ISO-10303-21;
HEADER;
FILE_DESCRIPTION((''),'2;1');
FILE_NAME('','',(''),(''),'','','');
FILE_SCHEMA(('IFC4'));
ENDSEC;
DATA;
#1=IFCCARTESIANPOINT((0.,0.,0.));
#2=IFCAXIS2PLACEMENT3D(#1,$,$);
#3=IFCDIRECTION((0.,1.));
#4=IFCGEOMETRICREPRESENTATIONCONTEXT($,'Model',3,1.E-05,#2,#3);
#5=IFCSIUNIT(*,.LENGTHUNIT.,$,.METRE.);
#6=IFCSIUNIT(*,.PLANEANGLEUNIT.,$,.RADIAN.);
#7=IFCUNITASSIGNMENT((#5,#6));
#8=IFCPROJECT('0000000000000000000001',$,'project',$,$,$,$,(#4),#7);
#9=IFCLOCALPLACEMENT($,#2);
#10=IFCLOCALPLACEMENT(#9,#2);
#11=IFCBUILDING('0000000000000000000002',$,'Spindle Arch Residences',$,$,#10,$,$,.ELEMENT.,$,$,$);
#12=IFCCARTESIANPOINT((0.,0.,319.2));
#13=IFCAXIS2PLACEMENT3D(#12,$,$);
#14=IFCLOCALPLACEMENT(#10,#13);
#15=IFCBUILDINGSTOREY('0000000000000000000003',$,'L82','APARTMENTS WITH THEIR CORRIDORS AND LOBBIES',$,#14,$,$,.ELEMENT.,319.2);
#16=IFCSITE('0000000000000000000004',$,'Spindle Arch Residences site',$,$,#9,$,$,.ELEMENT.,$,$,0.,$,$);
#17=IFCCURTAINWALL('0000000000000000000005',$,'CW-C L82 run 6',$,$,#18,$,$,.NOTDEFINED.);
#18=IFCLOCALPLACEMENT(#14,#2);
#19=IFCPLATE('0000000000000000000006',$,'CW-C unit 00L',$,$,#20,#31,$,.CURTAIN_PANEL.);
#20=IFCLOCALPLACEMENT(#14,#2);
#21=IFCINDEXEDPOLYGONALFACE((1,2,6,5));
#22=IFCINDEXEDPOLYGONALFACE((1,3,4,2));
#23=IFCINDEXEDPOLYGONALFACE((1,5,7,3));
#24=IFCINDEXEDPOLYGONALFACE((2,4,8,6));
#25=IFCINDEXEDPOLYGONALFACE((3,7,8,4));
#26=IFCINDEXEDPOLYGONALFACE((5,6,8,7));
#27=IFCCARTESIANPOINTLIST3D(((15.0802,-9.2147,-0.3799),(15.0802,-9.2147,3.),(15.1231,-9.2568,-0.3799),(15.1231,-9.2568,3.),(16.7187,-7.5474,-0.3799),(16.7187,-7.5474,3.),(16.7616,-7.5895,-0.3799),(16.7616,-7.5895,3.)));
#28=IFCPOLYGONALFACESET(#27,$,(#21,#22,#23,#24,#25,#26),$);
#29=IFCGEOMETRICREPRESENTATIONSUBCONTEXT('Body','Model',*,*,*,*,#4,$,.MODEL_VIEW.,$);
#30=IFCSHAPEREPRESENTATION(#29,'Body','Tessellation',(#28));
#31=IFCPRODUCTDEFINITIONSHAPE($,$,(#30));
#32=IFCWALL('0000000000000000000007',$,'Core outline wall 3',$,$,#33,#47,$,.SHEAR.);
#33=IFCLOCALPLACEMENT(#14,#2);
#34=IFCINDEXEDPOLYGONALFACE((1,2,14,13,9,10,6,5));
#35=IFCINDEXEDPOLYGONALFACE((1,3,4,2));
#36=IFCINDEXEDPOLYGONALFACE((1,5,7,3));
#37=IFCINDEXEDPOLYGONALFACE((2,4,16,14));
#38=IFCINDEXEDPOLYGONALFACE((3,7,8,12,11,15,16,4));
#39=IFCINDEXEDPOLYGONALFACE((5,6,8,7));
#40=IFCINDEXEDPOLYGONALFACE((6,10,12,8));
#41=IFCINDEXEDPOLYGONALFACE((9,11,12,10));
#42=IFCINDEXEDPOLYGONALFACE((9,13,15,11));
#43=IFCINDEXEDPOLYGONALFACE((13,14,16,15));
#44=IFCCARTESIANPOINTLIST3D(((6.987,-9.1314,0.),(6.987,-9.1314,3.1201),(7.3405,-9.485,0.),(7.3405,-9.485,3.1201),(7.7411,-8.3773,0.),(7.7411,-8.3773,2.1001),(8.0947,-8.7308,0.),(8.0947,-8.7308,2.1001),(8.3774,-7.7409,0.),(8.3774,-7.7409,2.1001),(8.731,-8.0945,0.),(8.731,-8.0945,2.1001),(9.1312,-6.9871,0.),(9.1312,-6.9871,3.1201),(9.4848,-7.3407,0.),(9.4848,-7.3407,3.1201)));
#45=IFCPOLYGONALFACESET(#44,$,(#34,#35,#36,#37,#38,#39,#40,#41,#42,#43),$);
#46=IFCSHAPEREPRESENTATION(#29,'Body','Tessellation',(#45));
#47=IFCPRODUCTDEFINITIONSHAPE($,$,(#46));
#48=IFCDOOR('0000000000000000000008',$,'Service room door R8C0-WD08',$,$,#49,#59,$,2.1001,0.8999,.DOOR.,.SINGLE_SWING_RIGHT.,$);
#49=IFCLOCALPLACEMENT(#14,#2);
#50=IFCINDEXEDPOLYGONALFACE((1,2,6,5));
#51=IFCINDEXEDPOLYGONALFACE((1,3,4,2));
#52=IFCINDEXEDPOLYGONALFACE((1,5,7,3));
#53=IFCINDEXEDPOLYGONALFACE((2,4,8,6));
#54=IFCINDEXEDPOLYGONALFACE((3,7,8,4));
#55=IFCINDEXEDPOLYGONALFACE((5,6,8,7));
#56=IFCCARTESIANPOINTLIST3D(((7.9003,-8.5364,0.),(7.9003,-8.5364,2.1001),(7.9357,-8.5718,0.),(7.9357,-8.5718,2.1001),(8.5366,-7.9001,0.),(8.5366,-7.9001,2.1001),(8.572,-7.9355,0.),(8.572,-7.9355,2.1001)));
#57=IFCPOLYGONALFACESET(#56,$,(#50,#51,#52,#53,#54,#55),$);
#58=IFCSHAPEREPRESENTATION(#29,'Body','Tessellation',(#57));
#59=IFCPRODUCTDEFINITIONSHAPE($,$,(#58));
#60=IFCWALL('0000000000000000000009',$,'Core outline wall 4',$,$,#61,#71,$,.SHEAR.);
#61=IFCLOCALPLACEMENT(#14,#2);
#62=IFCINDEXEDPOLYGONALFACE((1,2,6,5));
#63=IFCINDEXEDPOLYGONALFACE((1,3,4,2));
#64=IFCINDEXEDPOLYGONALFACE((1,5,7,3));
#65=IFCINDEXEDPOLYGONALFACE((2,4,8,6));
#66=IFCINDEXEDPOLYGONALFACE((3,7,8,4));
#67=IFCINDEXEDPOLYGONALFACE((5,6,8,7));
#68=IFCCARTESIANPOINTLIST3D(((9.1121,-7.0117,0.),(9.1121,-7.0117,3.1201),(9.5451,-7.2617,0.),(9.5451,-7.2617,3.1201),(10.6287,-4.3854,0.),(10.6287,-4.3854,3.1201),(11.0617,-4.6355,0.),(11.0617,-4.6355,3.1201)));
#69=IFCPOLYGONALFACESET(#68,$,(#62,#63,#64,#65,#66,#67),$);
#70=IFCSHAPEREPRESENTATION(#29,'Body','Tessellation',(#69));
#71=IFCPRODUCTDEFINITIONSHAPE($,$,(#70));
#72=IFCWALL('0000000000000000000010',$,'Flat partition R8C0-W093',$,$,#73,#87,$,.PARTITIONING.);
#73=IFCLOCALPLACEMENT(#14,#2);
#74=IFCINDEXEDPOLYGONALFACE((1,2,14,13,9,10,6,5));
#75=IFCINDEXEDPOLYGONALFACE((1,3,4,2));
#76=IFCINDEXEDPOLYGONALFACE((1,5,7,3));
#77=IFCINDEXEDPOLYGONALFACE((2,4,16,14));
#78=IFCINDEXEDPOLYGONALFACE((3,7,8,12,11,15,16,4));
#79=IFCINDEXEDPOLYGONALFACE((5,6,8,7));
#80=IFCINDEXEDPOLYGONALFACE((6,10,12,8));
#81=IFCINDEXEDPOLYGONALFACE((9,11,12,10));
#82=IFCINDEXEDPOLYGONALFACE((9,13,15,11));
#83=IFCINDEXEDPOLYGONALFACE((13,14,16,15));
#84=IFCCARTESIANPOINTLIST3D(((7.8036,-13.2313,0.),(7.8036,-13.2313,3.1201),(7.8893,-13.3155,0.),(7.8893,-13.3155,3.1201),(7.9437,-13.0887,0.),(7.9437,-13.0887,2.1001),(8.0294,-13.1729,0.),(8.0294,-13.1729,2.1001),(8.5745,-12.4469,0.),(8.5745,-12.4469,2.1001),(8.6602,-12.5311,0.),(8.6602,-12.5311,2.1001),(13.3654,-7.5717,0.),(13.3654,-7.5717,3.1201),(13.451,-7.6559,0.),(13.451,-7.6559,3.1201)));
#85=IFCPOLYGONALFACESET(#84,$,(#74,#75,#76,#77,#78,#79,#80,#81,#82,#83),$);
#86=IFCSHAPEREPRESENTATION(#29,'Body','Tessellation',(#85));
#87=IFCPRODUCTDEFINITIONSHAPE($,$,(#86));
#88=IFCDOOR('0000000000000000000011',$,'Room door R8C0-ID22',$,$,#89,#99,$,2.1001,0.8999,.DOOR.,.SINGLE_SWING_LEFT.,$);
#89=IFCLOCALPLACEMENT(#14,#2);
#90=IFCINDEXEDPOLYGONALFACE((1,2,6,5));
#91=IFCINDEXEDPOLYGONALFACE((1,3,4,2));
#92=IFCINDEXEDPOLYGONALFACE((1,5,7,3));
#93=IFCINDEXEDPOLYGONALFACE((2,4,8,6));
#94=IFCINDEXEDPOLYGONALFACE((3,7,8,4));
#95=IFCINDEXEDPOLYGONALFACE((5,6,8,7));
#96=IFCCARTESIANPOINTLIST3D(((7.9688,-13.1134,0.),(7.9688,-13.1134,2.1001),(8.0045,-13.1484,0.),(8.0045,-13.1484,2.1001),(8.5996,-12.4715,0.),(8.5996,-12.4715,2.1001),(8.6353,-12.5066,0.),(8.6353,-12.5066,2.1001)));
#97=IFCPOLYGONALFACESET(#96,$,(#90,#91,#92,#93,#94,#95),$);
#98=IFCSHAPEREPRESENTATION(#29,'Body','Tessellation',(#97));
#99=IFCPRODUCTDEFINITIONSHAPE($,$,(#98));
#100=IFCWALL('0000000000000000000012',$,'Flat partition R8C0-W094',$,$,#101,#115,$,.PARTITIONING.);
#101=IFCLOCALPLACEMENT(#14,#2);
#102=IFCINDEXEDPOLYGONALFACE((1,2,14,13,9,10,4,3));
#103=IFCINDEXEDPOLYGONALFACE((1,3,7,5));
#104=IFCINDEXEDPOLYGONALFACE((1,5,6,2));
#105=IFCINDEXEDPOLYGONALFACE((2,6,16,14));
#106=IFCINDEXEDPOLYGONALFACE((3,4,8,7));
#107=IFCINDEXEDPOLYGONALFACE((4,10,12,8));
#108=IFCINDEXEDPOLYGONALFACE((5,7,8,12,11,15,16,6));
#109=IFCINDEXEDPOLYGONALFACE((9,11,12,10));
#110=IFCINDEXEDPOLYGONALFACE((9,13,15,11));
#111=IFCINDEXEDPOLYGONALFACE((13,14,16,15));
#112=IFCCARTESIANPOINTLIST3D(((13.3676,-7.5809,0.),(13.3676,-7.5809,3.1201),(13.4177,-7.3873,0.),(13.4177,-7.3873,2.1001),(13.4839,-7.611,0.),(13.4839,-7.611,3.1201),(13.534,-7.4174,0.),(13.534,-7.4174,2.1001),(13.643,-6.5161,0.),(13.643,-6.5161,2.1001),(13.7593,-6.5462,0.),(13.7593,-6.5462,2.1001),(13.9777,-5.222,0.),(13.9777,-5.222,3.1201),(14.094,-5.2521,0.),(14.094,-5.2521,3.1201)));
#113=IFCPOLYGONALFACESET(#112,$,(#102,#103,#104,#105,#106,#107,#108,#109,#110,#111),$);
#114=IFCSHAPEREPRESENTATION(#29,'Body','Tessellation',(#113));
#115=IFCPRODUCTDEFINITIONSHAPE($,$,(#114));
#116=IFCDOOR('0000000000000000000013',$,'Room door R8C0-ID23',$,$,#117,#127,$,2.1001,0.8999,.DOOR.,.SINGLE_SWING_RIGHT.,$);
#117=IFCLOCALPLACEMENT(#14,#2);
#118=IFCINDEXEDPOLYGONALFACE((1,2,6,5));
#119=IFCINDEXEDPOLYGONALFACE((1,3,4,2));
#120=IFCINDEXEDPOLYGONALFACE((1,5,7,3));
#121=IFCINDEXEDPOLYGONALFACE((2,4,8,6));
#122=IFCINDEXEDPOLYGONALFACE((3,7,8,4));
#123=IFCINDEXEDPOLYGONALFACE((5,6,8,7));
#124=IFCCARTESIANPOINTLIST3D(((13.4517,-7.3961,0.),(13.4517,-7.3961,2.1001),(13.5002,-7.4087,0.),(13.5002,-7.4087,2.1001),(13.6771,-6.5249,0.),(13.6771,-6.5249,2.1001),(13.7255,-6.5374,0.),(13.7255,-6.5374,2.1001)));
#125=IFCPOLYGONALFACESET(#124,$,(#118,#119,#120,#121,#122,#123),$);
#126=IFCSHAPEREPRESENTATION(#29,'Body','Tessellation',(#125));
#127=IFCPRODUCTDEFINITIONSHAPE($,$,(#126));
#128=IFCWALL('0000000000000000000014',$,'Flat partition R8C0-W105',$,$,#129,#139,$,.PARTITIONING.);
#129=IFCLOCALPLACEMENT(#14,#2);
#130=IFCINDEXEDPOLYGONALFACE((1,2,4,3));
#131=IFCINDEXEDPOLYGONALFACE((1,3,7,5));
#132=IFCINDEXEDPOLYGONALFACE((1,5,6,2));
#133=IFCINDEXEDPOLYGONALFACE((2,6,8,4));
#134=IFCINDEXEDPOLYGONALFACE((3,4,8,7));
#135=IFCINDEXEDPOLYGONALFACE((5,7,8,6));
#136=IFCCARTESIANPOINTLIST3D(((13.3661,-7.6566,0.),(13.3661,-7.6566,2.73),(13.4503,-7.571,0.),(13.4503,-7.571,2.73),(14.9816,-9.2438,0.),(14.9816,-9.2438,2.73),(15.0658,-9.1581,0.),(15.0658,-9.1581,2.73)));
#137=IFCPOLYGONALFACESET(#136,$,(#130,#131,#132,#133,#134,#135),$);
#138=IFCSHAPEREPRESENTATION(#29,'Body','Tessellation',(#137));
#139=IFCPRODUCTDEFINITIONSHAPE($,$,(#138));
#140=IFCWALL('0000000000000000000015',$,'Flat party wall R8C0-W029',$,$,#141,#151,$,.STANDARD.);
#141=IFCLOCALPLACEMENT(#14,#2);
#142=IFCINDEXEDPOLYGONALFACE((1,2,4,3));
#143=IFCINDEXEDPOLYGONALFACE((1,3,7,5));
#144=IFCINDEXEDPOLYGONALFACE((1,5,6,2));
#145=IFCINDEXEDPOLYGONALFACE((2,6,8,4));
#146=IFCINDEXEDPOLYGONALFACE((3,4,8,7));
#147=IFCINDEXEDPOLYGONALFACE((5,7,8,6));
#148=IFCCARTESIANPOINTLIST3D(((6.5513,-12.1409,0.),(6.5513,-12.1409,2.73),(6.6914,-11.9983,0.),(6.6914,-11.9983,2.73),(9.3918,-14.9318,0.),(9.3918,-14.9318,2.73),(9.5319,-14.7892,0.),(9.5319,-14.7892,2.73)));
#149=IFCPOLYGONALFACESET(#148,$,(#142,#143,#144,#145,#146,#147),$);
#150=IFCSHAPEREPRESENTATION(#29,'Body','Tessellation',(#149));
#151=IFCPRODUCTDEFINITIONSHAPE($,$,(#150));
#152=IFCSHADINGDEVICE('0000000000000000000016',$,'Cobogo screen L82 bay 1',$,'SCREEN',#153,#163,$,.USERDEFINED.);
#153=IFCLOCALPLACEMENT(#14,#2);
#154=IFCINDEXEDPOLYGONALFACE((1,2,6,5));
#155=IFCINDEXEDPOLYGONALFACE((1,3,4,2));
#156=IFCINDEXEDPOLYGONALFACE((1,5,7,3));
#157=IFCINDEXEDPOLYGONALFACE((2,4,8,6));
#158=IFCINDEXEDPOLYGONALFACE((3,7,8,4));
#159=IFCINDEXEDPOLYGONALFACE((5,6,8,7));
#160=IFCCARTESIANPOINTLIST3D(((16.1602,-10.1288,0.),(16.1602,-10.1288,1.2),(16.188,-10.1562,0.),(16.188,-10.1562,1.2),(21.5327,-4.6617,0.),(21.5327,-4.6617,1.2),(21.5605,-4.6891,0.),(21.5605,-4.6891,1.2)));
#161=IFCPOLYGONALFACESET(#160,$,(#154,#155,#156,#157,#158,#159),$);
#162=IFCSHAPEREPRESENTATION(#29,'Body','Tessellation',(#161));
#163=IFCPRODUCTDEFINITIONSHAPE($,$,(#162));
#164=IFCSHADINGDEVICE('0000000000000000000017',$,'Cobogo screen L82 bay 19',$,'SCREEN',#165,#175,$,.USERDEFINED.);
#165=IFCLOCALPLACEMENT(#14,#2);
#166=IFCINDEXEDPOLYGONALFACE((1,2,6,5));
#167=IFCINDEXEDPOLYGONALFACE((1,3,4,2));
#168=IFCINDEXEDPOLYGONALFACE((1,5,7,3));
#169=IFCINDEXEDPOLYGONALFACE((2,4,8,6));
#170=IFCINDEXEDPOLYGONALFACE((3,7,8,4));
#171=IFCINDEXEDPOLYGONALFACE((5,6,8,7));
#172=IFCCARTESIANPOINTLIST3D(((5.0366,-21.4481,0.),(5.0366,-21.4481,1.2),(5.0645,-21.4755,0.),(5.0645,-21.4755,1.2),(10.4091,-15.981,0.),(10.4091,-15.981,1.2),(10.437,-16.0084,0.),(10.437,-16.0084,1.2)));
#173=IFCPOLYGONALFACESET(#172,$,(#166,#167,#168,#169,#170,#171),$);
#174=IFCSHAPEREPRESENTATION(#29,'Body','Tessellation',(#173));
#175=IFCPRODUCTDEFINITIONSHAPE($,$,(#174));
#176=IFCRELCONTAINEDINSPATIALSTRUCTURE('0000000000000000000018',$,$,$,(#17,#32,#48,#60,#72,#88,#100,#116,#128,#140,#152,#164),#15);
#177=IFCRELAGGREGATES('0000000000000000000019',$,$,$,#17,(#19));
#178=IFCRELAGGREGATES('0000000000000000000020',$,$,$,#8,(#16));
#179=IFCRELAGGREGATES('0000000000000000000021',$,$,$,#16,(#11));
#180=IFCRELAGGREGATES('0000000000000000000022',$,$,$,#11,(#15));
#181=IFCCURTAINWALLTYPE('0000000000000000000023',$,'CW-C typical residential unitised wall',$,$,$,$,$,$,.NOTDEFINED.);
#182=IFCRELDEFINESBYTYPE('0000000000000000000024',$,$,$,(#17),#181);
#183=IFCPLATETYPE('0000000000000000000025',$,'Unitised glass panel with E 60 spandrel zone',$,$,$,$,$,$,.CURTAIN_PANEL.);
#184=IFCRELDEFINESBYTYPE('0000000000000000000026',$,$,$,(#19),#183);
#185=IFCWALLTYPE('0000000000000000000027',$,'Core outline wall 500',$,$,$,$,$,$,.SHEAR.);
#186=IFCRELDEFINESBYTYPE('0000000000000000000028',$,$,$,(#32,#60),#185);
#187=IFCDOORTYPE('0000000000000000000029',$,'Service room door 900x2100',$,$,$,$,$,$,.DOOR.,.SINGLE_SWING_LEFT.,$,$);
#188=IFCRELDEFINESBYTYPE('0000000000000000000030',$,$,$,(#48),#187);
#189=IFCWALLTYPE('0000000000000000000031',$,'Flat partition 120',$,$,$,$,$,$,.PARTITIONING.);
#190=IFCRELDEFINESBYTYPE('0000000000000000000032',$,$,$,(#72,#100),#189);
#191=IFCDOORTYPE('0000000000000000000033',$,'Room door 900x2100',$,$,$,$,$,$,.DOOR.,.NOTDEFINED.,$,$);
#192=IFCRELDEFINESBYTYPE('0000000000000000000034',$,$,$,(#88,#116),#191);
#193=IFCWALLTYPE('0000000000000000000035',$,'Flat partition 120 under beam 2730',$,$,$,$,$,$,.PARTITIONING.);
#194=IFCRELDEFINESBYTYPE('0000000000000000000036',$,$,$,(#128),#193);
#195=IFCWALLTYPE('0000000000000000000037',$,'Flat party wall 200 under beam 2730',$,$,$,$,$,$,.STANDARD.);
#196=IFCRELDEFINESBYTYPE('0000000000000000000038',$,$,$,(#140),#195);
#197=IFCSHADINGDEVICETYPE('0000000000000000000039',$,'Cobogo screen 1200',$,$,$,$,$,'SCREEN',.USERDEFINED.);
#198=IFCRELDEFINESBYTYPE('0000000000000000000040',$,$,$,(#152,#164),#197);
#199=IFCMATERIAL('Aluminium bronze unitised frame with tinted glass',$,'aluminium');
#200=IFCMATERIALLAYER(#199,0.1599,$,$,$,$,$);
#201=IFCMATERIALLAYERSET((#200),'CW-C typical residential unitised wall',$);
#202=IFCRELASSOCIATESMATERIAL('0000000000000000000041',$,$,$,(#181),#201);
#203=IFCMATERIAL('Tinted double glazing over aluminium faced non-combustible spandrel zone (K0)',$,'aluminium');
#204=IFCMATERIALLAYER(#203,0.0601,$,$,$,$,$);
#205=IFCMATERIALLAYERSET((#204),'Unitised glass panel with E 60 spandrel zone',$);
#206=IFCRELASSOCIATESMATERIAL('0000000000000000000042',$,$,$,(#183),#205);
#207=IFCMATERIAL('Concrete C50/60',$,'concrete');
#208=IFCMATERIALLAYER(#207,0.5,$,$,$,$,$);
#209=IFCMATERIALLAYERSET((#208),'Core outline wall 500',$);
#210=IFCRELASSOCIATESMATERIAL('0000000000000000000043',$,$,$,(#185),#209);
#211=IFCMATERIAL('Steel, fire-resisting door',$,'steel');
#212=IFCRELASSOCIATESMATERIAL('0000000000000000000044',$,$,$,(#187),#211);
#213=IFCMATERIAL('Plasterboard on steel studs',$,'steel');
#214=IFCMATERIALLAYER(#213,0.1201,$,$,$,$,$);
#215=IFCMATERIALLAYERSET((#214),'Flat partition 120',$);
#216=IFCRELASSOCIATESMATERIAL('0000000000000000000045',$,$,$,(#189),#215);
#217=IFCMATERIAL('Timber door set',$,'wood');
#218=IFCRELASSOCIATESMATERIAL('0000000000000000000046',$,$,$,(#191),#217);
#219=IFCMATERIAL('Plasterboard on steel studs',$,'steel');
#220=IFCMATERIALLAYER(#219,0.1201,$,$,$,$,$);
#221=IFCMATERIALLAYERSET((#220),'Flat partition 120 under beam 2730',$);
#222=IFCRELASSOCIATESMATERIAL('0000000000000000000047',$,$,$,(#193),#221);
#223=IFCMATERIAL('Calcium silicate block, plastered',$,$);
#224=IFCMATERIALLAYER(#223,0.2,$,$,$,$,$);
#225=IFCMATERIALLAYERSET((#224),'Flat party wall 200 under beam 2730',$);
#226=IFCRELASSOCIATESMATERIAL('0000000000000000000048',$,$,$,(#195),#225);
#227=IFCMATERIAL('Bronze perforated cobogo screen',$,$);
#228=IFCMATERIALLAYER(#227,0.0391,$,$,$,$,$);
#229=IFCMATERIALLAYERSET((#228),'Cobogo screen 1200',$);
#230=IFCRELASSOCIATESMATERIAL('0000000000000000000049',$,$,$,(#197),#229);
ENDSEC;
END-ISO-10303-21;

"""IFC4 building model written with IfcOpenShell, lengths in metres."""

from ifc_helpers import new_model, si_unit, direction, frame, frame_2d, origin, origin_2d, place, context, subcontext, project, spatial, rectangle, extrude, material, layer, layer_set, type_object, element, fill, aggregate, save


model = new_model("IFC4")

# Units and contexts
model_context = context("Model", 3, precision=1e-05, world=origin(), true_north=direction((0.0, 1.0)))
body_context = subcontext(model_context, "Body", "Model", "MODEL_VIEW")
ifc_project = project(units=[si_unit("LENGTHUNIT", "METRE"), si_unit("PLANEANGLEUNIT", "RADIAN")], contexts=[model_context])

# Site, building, storey
site_placement = place(None, origin())
site = spatial("IfcSite", under=ifc_project, at=site_placement, Name="Spindle Arch Residences site", CompositionType="ELEMENT", RefElevation=0.0)
building_placement = place(site_placement, origin())
building = spatial("IfcBuilding", under=site, at=building_placement, Name="Spindle Arch Residences", CompositionType="ELEMENT")
storey_placement = place(building_placement, frame((0.0, 0.0, 319.2)))
storey = spatial("IfcBuildingStorey", under=building, at=storey_placement, Name="L82", Description="APARTMENTS WITH THEIR CORRIDORS AND LOBBIES", CompositionType="ELEMENT", Elevation=319.2)

# Curtain wall
ifc_material_1 = material(Name="Aluminium bronze unitised frame with tinted glass", Category="aluminium")
ifc_layer_1 = layer(ifc_material_1, 0.1599)
ifc_layer_set_1 = layer_set([ifc_layer_1], Name="CW-C typical residential unitised wall")
curtain_wall_type = type_object("IfcCurtainWallType", Name="CW-C typical residential unitised wall", PredefinedType="NOTDEFINED", material=ifc_layer_set_1)
curtain_wall_placement = place(storey_placement, origin())
curtain_wall = element("IfcCurtainWall", 1, at=curtain_wall_placement, inside=storey, type_object=curtain_wall_type, Name="CW-C L82 run 6", PredefinedType="NOTDEFINED")

# Plate
ifc_material_2 = material(Name="Tinted double glazing over aluminium faced non-combustible spandrel zone (K0)", Category="aluminium")
ifc_layer_2 = layer(ifc_material_2, 0.0601)
ifc_layer_set_2 = layer_set([ifc_layer_2], Name="Unitised glass panel with E 60 spandrel zone")
plate_type = type_object("IfcPlateType", Name="Unitised glass panel with E 60 spandrel zone", PredefinedType="CURTAIN_PANEL", material=ifc_layer_set_2)
plate_1_placement = place(storey_placement, frame((15.9209, -8.4021, -0.3799), z_axis=(0.0, 0.0, 1.0), x_axis=(0.700909, 0.71325, 0.0)))
plate_1 = element("IfcPlate", 2, at=plate_1_placement, type_object=plate_type, Name="CW-C unit 00L", PredefinedType="CURTAIN_PANEL", context=body_context, shape_type="SweptSolid", body=[
    extrude(rectangle(XDim=2.3376, YDim=0.0601, at=origin_2d()), origin(), (0.0, 0.0, 1.0), 3.3799),
])
aggregate(curtain_wall, [plate_1])

# Wall, opening, door
ifc_material_3 = material(Name="Concrete C50/60", Category="concrete")
ifc_layer_3 = layer(ifc_material_3, 0.5)
ifc_layer_set_3 = layer_set([ifc_layer_3], Name="Core outline wall 500")
wall_type_1 = type_object("IfcWallType", Name="Core outline wall 500", PredefinedType="SHEAR", material=ifc_layer_set_3)
wall_1_placement = place(storey_placement, frame((7.1638, -9.3081, 0.0), z_axis=(0.0, 0.0, 1.0), x_axis=(0.707107, 0.707107, 0.0)))
wall_1 = element("IfcWall", 3, at=wall_1_placement, inside=storey, type_object=wall_type_1, Name="Core outline wall 3", PredefinedType="SHEAR", context=body_context, shape_type="SweptSolid", body=[
    extrude(rectangle(XDim=3.0325, YDim=0.5, at=frame_2d((1.5161, 0.0))), origin(), (0.0, 0.0, 1.0), 3.1201),
])
opening_1_placement = place(wall_1_placement, frame((1.0664, 0.0, 0.0)))
opening_1 = element("IfcOpeningElement", 4, at=opening_1_placement, cuts=wall_1, PredefinedType="OPENING", context=body_context, shape_type="SweptSolid", body=[
    extrude(rectangle(XDim=0.8999, YDim=2.1001, at=frame_2d((0.45, 1.05))), frame((0.0, 0.26, 0.0), z_axis=(0.0, -1.0, 0.0), x_axis=(1.0, 0.0, 0.0)), (0.0, 0.0, 1.0), 0.52),
])
ifc_material_4 = material(Name="Steel, fire-resisting door", Category="steel")
door_type_1 = type_object("IfcDoorType", Name="Service room door 900x2100", OperationType="SINGLE_SWING_LEFT", PredefinedType="DOOR", material=ifc_material_4)
door_1_placement = place(opening_1_placement, origin())
door_1 = element("IfcDoor", 5, at=door_1_placement, inside=storey, type_object=door_type_1, Name="Service room door R8C0-WD08", OperationType="SINGLE_SWING_RIGHT", OverallHeight=2.1001, OverallWidth=0.8999, PredefinedType="DOOR", context=body_context, shape_type="SweptSolid", body=[
    extrude(rectangle(XDim=0.8999, YDim=2.1001, at=frame_2d((0.45, 1.05))), frame((0.0, 0.0249, 0.0), z_axis=(0.0, -1.0, 0.0), x_axis=(1.0, 0.0, 0.0)), (0.0, 0.0, 1.0), 0.05),
])
fill(opening_1, door_1)

# Wall
wall_2_placement = place(storey_placement, frame((9.3286, -7.1367, 0.0), z_axis=(0.0, 0.0, 1.0), x_axis=(0.500087, 0.865975, 0.0)))
element("IfcWall", 6, at=wall_2_placement, inside=storey, type_object=wall_type_1, Name="Core outline wall 4", PredefinedType="SHEAR", context=body_context, shape_type="SweptSolid", body=[
    extrude(rectangle(XDim=3.0327, YDim=0.5, at=frame_2d((1.5164, 0.0))), origin(), (0.0, 0.0, 1.0), 3.1201),
])

# Walls, openings, doors
ifc_material_5 = material(Name="Plasterboard on steel studs", Category="steel")
ifc_layer_4 = layer(ifc_material_5, 0.1201)
ifc_layer_set_4 = layer_set([ifc_layer_4], Name="Flat partition 120")
wall_type_2 = type_object("IfcWallType", Name="Flat partition 120", PredefinedType="PARTITIONING", material=ifc_layer_set_4)
wall_3_placement = place(storey_placement, frame((7.8464, -13.2734, 0.0), z_axis=(0.0, 0.0, 1.0), x_axis=(0.700911, 0.713249, 0.0)))
wall_3 = element("IfcWall", 7, at=wall_3_placement, inside=storey, type_object=wall_type_2, Name="Flat partition R8C0-W093", PredefinedType="PARTITIONING", context=body_context, shape_type="SweptSolid", body=[
    extrude(rectangle(XDim=7.9351, YDim=0.1201, at=frame_2d((3.9675, 0.0))), origin(), (0.0, 0.0, 1.0), 3.1201),
])
opening_2_placement = place(wall_3_placement, frame((0.2, 0.0, 0.0)))
opening_2 = element("IfcOpeningElement", 8, at=opening_2_placement, cuts=wall_3, PredefinedType="OPENING", context=body_context, shape_type="SweptSolid", body=[
    extrude(rectangle(XDim=0.8999, YDim=2.1001, at=frame_2d((0.45, 1.05))), frame((0.0, 0.0701, 0.0), z_axis=(0.0, -1.0, 0.0), x_axis=(1.0, 0.0, 0.0)), (0.0, 0.0, 1.0), 0.1401),
])
ifc_material_6 = material(Name="Timber door set", Category="wood")
door_type_2 = type_object("IfcDoorType", Name="Room door 900x2100", OperationType="NOTDEFINED", PredefinedType="DOOR", material=ifc_material_6)
door_2_placement = place(opening_2_placement, origin())
door_2 = element("IfcDoor", 9, at=door_2_placement, inside=storey, type_object=door_type_2, Name="Room door R8C0-ID22", OperationType="SINGLE_SWING_LEFT", OverallHeight=2.1001, OverallWidth=0.8999, PredefinedType="DOOR", context=body_context, shape_type="SweptSolid", body=[
    extrude(rectangle(XDim=0.8999, YDim=2.1001, at=frame_2d((0.45, 1.05))), frame((0.0, 0.0249, 0.0), z_axis=(0.0, -1.0, 0.0), x_axis=(1.0, 0.0, 0.0)), (0.0, 0.0, 1.0), 0.05),
])
fill(opening_2, door_2)
wall_4_placement = place(storey_placement, frame((13.4258, -7.5959, 0.0), z_axis=(0.0, 0.0, 1.0), x_axis=(0.250402, 0.968142, 0.0)))
wall_4 = element("IfcWall", 10, at=wall_4_placement, inside=storey, type_object=wall_type_2, Name="Flat partition R8C0-W094", PredefinedType="PARTITIONING", context=body_context, shape_type="SweptSolid", body=[
    extrude(rectangle(XDim=2.4365, YDim=0.1201, at=frame_2d((1.2183, 0.0))), origin(), (0.0, 0.0, 1.0), 3.1201),
])
opening_3_placement = place(wall_4_placement, frame((0.2, 0.0, 0.0)))
opening_3 = element("IfcOpeningElement", 11, at=opening_3_placement, cuts=wall_4, PredefinedType="OPENING", context=body_context, shape_type="SweptSolid", body=[
    extrude(rectangle(XDim=0.8999, YDim=2.1001, at=frame_2d((0.45, 1.05))), frame((0.0, 0.0701, 0.0), z_axis=(0.0, -1.0, 0.0), x_axis=(1.0, 0.0, 0.0)), (0.0, 0.0, 1.0), 0.1401),
])
door_3_placement = place(opening_3_placement, origin())
door_3 = element("IfcDoor", 12, at=door_3_placement, inside=storey, type_object=door_type_2, Name="Room door R8C0-ID23", OperationType="SINGLE_SWING_RIGHT", OverallHeight=2.1001, OverallWidth=0.8999, PredefinedType="DOOR", context=body_context, shape_type="SweptSolid", body=[
    extrude(rectangle(XDim=0.8999, YDim=2.1001, at=frame_2d((0.45, 1.05))), frame((0.0, 0.0249, 0.0), z_axis=(0.0, -1.0, 0.0), x_axis=(1.0, 0.0, 0.0)), (0.0, 0.0, 1.0), 0.05),
])
fill(opening_3, door_3)

# Walls
ifc_material_7 = material(Name="Plasterboard on steel studs", Category="steel")
ifc_layer_5 = layer(ifc_material_7, 0.1201)
ifc_layer_set_5 = layer_set([ifc_layer_5], Name="Flat partition 120 under beam 2730")
wall_type_3 = type_object("IfcWallType", Name="Flat partition 120 under beam 2730", PredefinedType="PARTITIONING", material=ifc_layer_set_5)
wall_5_placement = place(storey_placement, frame((15.0237, -9.2009, 0.0), z_axis=(0.0, 0.0, 1.0), x_axis=(-0.713332, 0.700827, 0.0)))
element("IfcWall", 13, at=wall_5_placement, inside=storey, type_object=wall_type_3, Name="Flat partition R8C0-W105", PredefinedType="PARTITIONING", context=body_context, shape_type="SweptSolid", body=[
    extrude(rectangle(XDim=2.2646, YDim=0.1201, at=frame_2d((1.1323, 0.0))), origin(), (0.0, 0.0, 1.0), 2.73),
])
ifc_material_8 = material(Name="Calcium silicate block, plastered")
ifc_layer_6 = layer(ifc_material_8, 0.2)
ifc_layer_set_6 = layer_set([ifc_layer_6], Name="Flat party wall 200 under beam 2730")
wall_type_4 = type_object("IfcWallType", Name="Flat party wall 200 under beam 2730", PredefinedType="STANDARD", material=ifc_layer_set_6)
wall_6_placement = place(storey_placement, frame((9.4619, -14.8606, 0.0), z_axis=(0.0, 0.0, 1.0), x_axis=(-0.713302, 0.700857, 0.0)))
element("IfcWall", 14, at=wall_6_placement, inside=storey, type_object=wall_type_4, Name="Flat party wall R8C0-W029", PredefinedType="STANDARD", context=body_context, shape_type="SweptSolid", body=[
    extrude(rectangle(XDim=3.9822, YDim=0.2, at=frame_2d((1.9912, 0.0))), origin(), (0.0, 0.0, 1.0), 2.73),
])

# Shading devices
ifc_material_9 = material(Name="Bronze perforated cobogo screen")
ifc_layer_7 = layer(ifc_material_9, 0.0391)
ifc_layer_set_7 = layer_set([ifc_layer_7], Name="Cobogo screen 1200")
shading_device_type = type_object("IfcShadingDeviceType", Name="Cobogo screen 1200", ElementType="SCREEN", PredefinedType="USERDEFINED", material=ifc_layer_set_7)
for number, where, z_axis, x_axis, name in (
    (15, (18.8604, -7.4089, 0.0), (0.0, 0.0, 1.0), (0.700909, 0.71325, 0.0), "Cobogo screen L82 bay 1"),
    (16, (7.7368, -18.7283, 0.0), (0.0, 0.0, 1.0), (0.700909, 0.71325, 0.0), "Cobogo screen L82 bay 19"),
):
    element("IfcShadingDevice", number, at=place(storey_placement, frame(where, z_axis=z_axis, x_axis=x_axis)), inside=storey, type_object=shading_device_type, Name=name, ObjectType="SCREEN", PredefinedType="USERDEFINED", context=body_context, shape_type="SweptSolid", body=[
        extrude(rectangle(XDim=7.665, YDim=0.0391, at=origin_2d()), origin(), (0.0, 0.0, 1.0), 1.2),
    ])

save(model, "model.ifc")
